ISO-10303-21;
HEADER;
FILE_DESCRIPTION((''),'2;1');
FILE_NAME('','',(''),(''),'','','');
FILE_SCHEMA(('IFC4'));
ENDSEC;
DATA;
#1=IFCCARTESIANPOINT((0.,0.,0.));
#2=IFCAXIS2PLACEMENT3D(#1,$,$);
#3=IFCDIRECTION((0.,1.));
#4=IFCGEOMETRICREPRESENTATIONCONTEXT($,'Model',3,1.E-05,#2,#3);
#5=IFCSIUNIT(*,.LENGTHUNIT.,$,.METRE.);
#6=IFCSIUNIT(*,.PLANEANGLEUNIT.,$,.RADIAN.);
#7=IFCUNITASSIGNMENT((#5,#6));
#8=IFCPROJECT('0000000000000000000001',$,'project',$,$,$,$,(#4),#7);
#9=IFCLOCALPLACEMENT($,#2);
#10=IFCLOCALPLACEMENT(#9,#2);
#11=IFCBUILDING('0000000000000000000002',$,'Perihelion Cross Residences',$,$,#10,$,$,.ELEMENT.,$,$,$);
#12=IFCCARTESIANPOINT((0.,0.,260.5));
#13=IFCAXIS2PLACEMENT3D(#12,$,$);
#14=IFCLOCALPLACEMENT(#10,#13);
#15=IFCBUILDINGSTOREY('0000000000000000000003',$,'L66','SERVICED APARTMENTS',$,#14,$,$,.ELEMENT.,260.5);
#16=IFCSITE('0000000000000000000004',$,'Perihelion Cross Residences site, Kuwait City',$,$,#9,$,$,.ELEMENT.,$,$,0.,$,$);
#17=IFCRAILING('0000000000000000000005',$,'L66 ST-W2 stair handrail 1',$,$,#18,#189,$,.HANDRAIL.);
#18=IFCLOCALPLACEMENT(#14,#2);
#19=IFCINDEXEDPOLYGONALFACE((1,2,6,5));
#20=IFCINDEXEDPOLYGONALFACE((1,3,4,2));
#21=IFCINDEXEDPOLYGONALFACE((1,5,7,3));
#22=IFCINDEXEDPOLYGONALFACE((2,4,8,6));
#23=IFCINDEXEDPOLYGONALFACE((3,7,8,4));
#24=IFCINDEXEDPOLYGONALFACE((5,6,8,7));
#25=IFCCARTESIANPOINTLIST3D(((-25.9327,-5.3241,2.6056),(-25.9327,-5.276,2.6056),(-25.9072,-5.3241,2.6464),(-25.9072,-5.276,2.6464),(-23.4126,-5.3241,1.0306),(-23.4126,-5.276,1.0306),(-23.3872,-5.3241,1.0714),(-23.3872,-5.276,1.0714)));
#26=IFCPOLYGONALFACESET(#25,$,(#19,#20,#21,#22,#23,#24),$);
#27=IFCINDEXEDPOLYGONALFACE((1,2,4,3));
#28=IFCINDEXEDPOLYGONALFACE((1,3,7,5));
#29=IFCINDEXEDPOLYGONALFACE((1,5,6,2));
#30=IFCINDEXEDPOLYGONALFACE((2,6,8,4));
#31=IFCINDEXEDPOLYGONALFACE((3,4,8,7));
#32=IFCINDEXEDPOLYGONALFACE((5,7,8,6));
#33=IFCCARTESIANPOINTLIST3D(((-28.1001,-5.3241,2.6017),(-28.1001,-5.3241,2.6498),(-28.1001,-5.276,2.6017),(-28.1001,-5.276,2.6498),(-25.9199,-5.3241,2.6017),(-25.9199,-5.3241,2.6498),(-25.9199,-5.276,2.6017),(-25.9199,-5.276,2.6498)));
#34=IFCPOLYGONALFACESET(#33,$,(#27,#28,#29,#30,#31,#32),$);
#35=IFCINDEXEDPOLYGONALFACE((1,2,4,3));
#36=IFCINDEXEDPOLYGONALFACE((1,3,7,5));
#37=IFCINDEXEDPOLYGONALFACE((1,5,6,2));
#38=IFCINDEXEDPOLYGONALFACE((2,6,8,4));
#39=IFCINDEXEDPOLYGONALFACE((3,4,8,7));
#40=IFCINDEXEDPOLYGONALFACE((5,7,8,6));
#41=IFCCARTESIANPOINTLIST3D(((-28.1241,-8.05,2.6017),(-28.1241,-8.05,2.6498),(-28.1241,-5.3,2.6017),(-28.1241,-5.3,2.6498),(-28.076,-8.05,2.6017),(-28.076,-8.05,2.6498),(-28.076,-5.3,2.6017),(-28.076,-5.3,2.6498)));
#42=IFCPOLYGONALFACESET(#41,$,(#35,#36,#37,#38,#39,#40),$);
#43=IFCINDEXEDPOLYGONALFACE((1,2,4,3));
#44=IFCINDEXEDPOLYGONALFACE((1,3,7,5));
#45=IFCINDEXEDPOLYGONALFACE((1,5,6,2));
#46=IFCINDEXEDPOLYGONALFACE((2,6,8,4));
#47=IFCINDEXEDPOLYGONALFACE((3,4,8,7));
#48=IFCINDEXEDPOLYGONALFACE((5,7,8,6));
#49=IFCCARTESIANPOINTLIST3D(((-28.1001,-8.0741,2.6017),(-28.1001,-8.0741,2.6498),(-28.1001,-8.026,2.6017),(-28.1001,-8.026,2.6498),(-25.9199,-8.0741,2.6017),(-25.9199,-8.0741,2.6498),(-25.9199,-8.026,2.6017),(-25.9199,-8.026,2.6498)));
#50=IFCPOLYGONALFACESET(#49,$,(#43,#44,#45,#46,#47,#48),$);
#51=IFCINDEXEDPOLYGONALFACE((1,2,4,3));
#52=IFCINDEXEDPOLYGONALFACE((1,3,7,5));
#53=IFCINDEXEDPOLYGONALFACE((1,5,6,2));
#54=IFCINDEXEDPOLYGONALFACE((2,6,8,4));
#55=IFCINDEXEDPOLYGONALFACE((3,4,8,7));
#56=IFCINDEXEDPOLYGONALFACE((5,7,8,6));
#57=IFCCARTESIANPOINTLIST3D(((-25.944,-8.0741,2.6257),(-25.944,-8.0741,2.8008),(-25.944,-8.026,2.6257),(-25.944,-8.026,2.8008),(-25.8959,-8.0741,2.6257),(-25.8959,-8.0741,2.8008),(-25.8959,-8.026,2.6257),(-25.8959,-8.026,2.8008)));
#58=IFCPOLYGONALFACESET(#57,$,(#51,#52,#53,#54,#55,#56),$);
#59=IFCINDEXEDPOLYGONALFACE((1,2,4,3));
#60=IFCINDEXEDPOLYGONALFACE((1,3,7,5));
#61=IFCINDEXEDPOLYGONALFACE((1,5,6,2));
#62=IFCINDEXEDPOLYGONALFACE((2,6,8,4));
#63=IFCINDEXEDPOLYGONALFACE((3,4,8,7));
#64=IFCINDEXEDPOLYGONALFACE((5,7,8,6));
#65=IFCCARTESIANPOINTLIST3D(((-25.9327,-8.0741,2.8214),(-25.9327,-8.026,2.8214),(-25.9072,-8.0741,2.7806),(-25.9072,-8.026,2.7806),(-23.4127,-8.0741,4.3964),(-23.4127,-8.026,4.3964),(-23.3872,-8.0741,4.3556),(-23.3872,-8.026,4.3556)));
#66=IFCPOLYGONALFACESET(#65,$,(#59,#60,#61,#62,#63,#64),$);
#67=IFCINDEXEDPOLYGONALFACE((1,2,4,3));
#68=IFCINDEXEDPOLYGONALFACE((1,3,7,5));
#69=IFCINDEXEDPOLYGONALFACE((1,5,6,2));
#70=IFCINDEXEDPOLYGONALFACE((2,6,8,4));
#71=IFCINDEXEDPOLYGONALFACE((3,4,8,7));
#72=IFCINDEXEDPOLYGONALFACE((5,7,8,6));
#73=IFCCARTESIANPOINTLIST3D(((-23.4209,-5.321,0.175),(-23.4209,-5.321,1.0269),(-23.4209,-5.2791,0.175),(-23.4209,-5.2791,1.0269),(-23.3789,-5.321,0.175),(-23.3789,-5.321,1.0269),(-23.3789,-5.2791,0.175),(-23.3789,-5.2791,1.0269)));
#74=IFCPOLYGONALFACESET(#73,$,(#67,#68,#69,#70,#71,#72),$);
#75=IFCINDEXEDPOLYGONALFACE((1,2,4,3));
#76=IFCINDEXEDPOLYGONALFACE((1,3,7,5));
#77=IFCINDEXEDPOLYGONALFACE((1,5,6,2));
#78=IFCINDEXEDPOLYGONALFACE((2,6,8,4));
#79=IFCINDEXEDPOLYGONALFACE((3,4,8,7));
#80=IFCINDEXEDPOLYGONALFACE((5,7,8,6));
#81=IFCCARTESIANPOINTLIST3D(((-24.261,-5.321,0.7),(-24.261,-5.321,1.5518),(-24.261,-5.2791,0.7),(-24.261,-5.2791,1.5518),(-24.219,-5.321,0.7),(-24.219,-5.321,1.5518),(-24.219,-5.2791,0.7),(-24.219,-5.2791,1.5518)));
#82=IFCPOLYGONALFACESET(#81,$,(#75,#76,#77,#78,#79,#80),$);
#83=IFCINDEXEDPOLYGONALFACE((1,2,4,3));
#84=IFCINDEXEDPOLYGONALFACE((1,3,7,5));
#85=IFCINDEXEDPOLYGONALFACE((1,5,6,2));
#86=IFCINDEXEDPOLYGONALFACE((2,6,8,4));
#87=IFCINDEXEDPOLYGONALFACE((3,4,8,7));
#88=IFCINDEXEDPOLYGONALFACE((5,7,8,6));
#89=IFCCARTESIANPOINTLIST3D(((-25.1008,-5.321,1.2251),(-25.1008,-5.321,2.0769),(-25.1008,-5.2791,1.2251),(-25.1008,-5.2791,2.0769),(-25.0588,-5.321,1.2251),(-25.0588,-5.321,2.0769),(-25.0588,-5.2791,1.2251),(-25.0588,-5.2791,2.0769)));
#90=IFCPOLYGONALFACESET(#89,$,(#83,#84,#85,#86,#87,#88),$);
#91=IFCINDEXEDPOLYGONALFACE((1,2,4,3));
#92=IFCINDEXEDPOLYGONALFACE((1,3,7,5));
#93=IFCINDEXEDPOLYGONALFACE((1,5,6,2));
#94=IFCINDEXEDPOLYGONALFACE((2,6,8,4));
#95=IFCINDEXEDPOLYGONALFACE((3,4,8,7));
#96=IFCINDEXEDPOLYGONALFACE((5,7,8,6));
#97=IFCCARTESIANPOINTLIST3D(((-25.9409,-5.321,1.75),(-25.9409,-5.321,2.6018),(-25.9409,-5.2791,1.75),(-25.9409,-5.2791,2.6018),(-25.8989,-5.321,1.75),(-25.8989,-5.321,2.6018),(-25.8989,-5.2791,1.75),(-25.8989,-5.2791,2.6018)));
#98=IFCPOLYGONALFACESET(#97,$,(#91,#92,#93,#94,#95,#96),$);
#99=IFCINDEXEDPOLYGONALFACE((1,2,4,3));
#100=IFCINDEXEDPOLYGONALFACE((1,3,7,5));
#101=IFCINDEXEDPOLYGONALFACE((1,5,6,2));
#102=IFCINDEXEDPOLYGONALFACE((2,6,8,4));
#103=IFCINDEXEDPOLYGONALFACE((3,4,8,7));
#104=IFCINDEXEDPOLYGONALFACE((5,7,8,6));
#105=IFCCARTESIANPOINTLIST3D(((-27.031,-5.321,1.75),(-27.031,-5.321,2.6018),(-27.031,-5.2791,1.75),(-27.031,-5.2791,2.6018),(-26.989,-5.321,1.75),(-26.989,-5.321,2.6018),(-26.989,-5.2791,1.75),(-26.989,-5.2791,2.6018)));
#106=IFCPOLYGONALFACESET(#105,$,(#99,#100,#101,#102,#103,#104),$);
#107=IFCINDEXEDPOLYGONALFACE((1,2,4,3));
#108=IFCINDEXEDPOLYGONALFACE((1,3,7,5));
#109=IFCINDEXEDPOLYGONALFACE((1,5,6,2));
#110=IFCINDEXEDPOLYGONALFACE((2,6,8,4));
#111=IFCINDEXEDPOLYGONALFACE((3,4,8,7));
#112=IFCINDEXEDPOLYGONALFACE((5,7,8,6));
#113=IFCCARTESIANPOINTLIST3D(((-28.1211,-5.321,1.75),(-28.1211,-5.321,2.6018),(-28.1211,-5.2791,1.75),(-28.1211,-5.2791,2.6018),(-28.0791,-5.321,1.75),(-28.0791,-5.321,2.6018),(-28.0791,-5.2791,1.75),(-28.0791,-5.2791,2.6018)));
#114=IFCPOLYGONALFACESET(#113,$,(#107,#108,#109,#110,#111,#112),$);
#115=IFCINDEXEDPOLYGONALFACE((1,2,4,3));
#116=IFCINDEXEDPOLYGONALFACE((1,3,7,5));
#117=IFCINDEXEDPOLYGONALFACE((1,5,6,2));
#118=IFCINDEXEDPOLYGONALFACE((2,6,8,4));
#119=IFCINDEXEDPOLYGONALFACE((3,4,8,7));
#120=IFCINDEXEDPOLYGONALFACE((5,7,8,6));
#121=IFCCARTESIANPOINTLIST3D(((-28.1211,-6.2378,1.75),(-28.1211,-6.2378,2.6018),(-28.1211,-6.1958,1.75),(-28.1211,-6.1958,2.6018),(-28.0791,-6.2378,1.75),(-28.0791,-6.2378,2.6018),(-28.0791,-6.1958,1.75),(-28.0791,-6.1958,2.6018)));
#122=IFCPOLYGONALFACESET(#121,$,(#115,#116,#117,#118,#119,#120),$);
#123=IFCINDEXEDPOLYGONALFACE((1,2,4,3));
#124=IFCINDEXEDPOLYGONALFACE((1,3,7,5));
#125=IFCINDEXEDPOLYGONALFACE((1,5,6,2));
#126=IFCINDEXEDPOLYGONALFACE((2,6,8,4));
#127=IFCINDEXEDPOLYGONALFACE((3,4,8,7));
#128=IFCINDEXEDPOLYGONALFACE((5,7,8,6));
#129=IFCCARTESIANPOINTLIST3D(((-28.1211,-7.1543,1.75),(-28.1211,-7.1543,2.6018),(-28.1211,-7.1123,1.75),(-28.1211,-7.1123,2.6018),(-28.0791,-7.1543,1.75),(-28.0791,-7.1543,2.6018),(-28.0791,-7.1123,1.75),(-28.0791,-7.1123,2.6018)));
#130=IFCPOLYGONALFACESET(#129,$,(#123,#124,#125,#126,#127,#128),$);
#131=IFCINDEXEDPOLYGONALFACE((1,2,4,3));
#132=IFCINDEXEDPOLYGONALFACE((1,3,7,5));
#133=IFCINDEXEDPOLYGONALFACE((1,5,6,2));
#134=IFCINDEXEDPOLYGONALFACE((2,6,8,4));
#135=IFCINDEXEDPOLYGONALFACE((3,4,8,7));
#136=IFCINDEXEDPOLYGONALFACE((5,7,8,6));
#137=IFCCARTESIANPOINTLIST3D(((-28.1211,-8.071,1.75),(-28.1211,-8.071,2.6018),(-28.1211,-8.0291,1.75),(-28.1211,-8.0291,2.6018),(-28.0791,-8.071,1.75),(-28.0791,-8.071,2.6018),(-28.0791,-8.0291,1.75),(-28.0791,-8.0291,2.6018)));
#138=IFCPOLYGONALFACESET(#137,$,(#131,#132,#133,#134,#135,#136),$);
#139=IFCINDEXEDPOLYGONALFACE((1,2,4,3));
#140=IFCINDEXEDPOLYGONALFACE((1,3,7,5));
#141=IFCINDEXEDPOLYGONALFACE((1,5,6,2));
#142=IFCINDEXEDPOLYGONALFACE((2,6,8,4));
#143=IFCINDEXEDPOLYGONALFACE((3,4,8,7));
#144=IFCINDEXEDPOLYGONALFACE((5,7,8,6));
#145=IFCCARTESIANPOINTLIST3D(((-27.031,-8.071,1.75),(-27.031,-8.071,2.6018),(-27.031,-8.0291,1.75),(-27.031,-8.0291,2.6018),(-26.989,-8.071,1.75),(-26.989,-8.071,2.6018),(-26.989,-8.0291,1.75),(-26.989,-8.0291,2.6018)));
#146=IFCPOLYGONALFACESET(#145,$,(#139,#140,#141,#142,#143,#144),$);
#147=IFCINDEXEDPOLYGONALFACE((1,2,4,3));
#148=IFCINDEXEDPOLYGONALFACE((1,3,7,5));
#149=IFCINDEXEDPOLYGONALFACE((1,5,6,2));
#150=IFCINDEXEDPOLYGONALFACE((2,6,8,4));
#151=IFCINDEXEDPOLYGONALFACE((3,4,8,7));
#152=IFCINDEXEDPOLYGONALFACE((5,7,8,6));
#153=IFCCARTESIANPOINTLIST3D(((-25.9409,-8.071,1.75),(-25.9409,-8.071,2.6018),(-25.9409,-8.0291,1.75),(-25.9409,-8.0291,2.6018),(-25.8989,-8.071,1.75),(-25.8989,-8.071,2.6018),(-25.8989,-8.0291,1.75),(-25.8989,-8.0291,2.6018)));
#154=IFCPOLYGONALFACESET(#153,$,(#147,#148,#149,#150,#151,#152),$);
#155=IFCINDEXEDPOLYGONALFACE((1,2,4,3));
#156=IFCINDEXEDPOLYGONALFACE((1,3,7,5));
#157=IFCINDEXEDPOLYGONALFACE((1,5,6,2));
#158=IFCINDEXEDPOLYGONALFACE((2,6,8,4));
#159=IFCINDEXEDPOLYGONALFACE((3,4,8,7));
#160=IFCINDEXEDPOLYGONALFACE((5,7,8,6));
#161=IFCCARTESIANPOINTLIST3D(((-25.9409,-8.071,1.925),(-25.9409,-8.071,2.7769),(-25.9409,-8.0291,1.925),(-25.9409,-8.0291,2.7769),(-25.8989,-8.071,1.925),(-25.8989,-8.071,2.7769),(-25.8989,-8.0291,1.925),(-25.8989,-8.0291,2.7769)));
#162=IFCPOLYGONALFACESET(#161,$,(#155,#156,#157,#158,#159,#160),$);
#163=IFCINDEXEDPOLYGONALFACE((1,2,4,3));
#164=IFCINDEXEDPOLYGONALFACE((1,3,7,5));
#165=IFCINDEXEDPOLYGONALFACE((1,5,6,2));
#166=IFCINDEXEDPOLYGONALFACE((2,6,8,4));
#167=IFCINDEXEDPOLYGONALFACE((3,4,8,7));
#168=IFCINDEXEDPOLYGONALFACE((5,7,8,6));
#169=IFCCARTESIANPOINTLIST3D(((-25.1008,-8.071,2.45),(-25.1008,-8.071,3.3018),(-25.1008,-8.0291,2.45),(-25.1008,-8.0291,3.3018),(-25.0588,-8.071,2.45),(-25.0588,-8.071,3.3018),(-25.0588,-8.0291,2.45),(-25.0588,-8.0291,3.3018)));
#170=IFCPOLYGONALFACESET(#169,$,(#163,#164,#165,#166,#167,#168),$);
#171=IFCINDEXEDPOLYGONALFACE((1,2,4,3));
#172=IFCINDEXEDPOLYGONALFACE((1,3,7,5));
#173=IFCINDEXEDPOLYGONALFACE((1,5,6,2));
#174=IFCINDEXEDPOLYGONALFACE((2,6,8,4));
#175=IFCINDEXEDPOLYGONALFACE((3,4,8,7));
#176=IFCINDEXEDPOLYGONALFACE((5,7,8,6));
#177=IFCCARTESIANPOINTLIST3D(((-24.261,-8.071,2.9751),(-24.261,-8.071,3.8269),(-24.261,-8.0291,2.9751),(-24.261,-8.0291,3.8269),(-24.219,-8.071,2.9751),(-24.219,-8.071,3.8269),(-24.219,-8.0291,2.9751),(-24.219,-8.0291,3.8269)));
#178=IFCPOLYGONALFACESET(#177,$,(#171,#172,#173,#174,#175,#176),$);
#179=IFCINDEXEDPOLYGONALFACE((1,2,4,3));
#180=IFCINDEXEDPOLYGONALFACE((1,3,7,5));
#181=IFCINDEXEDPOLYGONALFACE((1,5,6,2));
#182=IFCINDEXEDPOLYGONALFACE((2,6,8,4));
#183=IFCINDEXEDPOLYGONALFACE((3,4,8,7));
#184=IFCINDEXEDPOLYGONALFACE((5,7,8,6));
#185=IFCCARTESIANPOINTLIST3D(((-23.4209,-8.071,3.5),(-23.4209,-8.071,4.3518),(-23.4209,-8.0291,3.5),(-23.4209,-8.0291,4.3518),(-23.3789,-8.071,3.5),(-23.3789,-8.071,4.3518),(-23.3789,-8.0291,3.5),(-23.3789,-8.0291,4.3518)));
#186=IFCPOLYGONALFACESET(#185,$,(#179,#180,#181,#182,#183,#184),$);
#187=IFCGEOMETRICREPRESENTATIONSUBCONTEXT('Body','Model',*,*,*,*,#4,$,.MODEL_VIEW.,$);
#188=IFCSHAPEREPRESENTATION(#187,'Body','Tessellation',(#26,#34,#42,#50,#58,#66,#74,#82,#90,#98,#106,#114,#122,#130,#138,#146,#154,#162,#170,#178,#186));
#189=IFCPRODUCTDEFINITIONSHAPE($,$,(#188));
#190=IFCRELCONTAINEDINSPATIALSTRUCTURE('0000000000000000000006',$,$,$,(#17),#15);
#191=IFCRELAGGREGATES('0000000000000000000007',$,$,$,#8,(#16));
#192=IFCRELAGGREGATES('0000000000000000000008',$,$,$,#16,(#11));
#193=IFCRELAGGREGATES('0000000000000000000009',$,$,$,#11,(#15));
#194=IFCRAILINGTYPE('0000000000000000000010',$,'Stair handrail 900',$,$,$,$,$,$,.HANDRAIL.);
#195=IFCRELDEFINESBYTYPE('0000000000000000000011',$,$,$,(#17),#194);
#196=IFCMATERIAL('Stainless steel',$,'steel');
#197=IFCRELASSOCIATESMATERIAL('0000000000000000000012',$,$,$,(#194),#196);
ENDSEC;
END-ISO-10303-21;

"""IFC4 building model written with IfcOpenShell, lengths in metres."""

from ifc_helpers import new_model, si_unit, direction, frame, origin, origin_2d, place, context, subcontext, project, spatial, rectangle, extrude, material, type_object, element, save


model = new_model("IFC4")

# Units and contexts
model_context = context("Model", 3, precision=1e-05, world=origin(), true_north=direction((0.0, 1.0)))
body_context = subcontext(model_context, "Body", "Model", "MODEL_VIEW")
ifc_project = project(units=[si_unit("LENGTHUNIT", "METRE"), si_unit("PLANEANGLEUNIT", "RADIAN")], contexts=[model_context])

# Site, building, storey
site_placement = place(None, origin())
site = spatial("IfcSite", under=ifc_project, at=site_placement, Name="Perihelion Cross Residences site, Kuwait City", CompositionType="ELEMENT", RefElevation=0.0)
building_placement = place(site_placement, origin())
building = spatial("IfcBuilding", under=site, at=building_placement, Name="Perihelion Cross Residences", CompositionType="ELEMENT")
storey_placement = place(building_placement, frame((0.0, 0.0, 260.5)))
storey = spatial("IfcBuildingStorey", under=building, at=storey_placement, Name="L66", Description="SERVICED APARTMENTS", CompositionType="ELEMENT", Elevation=260.5)

# Railing
ifc_material_1 = material(Name="Stainless steel", Category="steel")
railing_type_1 = type_object("IfcRailingType", Name="Stair handrail 900", PredefinedType="HANDRAIL", material=ifc_material_1)
railing_1_placement = place(storey_placement, frame((-23.3999, -5.3, 0.175)))
element("IfcRailing", 1, at=railing_1_placement, inside=storey, type_object=railing_type_1, Name="L66 ST-W2 stair handrail 1", PredefinedType="HANDRAIL", context=body_context, shape_type="SweptSolid", body=[
    extrude(rectangle(XDim=0.0481, YDim=0.0481, at=origin_2d()), frame((0.0, 0.0, 0.876), z_axis=(-0.848008, 0.0, 0.529984), x_axis=(0.0, -1.0, 0.0)), (0.0, 0.0, 1.0), 2.9717),
    extrude(rectangle(XDim=0.0481, YDim=0.0481, at=origin_2d()), frame((-2.52, 0.0, 2.4507), z_axis=(-1.0, 0.0, 0.0), x_axis=(0.0, -1.0, 0.0)), (0.0, 0.0, 1.0), 2.1802),
    extrude(rectangle(XDim=0.0481, YDim=0.0481, at=origin_2d()), frame((-4.7002, 0.0, 2.4507), z_axis=(0.0, -1.0, 0.0), x_axis=(1.0, 0.0, 0.0)), (0.0, 0.0, 1.0), 2.75),
    extrude(rectangle(XDim=0.0481, YDim=0.0481, at=origin_2d()), frame((-4.7002, -2.75, 2.4507), z_axis=(1.0, 0.0, 0.0), x_axis=(0.0, 1.0, 0.0)), (0.0, 0.0, 1.0), 2.1802),
    extrude(rectangle(XDim=0.0481, YDim=0.0481, at=origin_2d()), frame((-2.52, -2.75, 2.4507), z_axis=(0.0, 0.0, 1.0), x_axis=(1.0, 0.0, 0.0)), (0.0, 0.0, 1.0), 0.175),
    extrude(rectangle(XDim=0.0481, YDim=0.0481, at=origin_2d()), frame((-2.52, -2.75, 2.626), z_axis=(0.848008, 0.0, 0.529984), x_axis=(0.0, 1.0, 0.0)), (0.0, 0.0, 1.0), 2.9717),
    extrude(rectangle(XDim=0.042, YDim=0.042, at=origin_2d()), origin(), (0.0, 0.0, 1.0), 0.8518),
    extrude(rectangle(XDim=0.042, YDim=0.042, at=origin_2d()), frame((-0.8401, 0.0, 0.5249)), (0.0, 0.0, 1.0), 0.8518),
    extrude(rectangle(XDim=0.042, YDim=0.042, at=origin_2d()), frame((-1.6799, 0.0, 1.05)), (0.0, 0.0, 1.0), 0.8518),
    extrude(rectangle(XDim=0.042, YDim=0.042, at=origin_2d()), frame((-2.52, 0.0, 1.575)), (0.0, 0.0, 1.0), 0.8518),
    extrude(rectangle(XDim=0.042, YDim=0.042, at=origin_2d()), frame((-3.6101, 0.0, 1.575)), (0.0, 0.0, 1.0), 0.8518),
    extrude(rectangle(XDim=0.042, YDim=0.042, at=origin_2d()), frame((-4.7002, 0.0, 1.575)), (0.0, 0.0, 1.0), 0.8518),
    extrude(rectangle(XDim=0.042, YDim=0.042, at=origin_2d()), frame((-4.7002, -0.9167, 1.575)), (0.0, 0.0, 1.0), 0.8518),
    extrude(rectangle(XDim=0.042, YDim=0.042, at=origin_2d()), frame((-4.7002, -1.8333, 1.575)), (0.0, 0.0, 1.0), 0.8518),
    extrude(rectangle(XDim=0.042, YDim=0.042, at=origin_2d()), frame((-4.7002, -2.75, 1.575)), (0.0, 0.0, 1.0), 0.8518),
    extrude(rectangle(XDim=0.042, YDim=0.042, at=origin_2d()), frame((-3.6101, -2.75, 1.575)), (0.0, 0.0, 1.0), 0.8518),
    extrude(rectangle(XDim=0.042, YDim=0.042, at=origin_2d()), frame((-2.52, -2.75, 1.575)), (0.0, 0.0, 1.0), 0.8518),
    extrude(rectangle(XDim=0.042, YDim=0.042, at=origin_2d()), frame((-2.52, -2.75, 1.75)), (0.0, 0.0, 1.0), 0.8518),
    extrude(rectangle(XDim=0.042, YDim=0.042, at=origin_2d()), frame((-1.6799, -2.75, 2.2749)), (0.0, 0.0, 1.0), 0.8518),
    extrude(rectangle(XDim=0.042, YDim=0.042, at=origin_2d()), frame((-0.8401, -2.75, 2.8)), (0.0, 0.0, 1.0), 0.8518),
    extrude(rectangle(XDim=0.042, YDim=0.042, at=origin_2d()), frame((0.0, -2.75, 3.325)), (0.0, 0.0, 1.0), 0.8518),
])

save(model, "model.ifc")
